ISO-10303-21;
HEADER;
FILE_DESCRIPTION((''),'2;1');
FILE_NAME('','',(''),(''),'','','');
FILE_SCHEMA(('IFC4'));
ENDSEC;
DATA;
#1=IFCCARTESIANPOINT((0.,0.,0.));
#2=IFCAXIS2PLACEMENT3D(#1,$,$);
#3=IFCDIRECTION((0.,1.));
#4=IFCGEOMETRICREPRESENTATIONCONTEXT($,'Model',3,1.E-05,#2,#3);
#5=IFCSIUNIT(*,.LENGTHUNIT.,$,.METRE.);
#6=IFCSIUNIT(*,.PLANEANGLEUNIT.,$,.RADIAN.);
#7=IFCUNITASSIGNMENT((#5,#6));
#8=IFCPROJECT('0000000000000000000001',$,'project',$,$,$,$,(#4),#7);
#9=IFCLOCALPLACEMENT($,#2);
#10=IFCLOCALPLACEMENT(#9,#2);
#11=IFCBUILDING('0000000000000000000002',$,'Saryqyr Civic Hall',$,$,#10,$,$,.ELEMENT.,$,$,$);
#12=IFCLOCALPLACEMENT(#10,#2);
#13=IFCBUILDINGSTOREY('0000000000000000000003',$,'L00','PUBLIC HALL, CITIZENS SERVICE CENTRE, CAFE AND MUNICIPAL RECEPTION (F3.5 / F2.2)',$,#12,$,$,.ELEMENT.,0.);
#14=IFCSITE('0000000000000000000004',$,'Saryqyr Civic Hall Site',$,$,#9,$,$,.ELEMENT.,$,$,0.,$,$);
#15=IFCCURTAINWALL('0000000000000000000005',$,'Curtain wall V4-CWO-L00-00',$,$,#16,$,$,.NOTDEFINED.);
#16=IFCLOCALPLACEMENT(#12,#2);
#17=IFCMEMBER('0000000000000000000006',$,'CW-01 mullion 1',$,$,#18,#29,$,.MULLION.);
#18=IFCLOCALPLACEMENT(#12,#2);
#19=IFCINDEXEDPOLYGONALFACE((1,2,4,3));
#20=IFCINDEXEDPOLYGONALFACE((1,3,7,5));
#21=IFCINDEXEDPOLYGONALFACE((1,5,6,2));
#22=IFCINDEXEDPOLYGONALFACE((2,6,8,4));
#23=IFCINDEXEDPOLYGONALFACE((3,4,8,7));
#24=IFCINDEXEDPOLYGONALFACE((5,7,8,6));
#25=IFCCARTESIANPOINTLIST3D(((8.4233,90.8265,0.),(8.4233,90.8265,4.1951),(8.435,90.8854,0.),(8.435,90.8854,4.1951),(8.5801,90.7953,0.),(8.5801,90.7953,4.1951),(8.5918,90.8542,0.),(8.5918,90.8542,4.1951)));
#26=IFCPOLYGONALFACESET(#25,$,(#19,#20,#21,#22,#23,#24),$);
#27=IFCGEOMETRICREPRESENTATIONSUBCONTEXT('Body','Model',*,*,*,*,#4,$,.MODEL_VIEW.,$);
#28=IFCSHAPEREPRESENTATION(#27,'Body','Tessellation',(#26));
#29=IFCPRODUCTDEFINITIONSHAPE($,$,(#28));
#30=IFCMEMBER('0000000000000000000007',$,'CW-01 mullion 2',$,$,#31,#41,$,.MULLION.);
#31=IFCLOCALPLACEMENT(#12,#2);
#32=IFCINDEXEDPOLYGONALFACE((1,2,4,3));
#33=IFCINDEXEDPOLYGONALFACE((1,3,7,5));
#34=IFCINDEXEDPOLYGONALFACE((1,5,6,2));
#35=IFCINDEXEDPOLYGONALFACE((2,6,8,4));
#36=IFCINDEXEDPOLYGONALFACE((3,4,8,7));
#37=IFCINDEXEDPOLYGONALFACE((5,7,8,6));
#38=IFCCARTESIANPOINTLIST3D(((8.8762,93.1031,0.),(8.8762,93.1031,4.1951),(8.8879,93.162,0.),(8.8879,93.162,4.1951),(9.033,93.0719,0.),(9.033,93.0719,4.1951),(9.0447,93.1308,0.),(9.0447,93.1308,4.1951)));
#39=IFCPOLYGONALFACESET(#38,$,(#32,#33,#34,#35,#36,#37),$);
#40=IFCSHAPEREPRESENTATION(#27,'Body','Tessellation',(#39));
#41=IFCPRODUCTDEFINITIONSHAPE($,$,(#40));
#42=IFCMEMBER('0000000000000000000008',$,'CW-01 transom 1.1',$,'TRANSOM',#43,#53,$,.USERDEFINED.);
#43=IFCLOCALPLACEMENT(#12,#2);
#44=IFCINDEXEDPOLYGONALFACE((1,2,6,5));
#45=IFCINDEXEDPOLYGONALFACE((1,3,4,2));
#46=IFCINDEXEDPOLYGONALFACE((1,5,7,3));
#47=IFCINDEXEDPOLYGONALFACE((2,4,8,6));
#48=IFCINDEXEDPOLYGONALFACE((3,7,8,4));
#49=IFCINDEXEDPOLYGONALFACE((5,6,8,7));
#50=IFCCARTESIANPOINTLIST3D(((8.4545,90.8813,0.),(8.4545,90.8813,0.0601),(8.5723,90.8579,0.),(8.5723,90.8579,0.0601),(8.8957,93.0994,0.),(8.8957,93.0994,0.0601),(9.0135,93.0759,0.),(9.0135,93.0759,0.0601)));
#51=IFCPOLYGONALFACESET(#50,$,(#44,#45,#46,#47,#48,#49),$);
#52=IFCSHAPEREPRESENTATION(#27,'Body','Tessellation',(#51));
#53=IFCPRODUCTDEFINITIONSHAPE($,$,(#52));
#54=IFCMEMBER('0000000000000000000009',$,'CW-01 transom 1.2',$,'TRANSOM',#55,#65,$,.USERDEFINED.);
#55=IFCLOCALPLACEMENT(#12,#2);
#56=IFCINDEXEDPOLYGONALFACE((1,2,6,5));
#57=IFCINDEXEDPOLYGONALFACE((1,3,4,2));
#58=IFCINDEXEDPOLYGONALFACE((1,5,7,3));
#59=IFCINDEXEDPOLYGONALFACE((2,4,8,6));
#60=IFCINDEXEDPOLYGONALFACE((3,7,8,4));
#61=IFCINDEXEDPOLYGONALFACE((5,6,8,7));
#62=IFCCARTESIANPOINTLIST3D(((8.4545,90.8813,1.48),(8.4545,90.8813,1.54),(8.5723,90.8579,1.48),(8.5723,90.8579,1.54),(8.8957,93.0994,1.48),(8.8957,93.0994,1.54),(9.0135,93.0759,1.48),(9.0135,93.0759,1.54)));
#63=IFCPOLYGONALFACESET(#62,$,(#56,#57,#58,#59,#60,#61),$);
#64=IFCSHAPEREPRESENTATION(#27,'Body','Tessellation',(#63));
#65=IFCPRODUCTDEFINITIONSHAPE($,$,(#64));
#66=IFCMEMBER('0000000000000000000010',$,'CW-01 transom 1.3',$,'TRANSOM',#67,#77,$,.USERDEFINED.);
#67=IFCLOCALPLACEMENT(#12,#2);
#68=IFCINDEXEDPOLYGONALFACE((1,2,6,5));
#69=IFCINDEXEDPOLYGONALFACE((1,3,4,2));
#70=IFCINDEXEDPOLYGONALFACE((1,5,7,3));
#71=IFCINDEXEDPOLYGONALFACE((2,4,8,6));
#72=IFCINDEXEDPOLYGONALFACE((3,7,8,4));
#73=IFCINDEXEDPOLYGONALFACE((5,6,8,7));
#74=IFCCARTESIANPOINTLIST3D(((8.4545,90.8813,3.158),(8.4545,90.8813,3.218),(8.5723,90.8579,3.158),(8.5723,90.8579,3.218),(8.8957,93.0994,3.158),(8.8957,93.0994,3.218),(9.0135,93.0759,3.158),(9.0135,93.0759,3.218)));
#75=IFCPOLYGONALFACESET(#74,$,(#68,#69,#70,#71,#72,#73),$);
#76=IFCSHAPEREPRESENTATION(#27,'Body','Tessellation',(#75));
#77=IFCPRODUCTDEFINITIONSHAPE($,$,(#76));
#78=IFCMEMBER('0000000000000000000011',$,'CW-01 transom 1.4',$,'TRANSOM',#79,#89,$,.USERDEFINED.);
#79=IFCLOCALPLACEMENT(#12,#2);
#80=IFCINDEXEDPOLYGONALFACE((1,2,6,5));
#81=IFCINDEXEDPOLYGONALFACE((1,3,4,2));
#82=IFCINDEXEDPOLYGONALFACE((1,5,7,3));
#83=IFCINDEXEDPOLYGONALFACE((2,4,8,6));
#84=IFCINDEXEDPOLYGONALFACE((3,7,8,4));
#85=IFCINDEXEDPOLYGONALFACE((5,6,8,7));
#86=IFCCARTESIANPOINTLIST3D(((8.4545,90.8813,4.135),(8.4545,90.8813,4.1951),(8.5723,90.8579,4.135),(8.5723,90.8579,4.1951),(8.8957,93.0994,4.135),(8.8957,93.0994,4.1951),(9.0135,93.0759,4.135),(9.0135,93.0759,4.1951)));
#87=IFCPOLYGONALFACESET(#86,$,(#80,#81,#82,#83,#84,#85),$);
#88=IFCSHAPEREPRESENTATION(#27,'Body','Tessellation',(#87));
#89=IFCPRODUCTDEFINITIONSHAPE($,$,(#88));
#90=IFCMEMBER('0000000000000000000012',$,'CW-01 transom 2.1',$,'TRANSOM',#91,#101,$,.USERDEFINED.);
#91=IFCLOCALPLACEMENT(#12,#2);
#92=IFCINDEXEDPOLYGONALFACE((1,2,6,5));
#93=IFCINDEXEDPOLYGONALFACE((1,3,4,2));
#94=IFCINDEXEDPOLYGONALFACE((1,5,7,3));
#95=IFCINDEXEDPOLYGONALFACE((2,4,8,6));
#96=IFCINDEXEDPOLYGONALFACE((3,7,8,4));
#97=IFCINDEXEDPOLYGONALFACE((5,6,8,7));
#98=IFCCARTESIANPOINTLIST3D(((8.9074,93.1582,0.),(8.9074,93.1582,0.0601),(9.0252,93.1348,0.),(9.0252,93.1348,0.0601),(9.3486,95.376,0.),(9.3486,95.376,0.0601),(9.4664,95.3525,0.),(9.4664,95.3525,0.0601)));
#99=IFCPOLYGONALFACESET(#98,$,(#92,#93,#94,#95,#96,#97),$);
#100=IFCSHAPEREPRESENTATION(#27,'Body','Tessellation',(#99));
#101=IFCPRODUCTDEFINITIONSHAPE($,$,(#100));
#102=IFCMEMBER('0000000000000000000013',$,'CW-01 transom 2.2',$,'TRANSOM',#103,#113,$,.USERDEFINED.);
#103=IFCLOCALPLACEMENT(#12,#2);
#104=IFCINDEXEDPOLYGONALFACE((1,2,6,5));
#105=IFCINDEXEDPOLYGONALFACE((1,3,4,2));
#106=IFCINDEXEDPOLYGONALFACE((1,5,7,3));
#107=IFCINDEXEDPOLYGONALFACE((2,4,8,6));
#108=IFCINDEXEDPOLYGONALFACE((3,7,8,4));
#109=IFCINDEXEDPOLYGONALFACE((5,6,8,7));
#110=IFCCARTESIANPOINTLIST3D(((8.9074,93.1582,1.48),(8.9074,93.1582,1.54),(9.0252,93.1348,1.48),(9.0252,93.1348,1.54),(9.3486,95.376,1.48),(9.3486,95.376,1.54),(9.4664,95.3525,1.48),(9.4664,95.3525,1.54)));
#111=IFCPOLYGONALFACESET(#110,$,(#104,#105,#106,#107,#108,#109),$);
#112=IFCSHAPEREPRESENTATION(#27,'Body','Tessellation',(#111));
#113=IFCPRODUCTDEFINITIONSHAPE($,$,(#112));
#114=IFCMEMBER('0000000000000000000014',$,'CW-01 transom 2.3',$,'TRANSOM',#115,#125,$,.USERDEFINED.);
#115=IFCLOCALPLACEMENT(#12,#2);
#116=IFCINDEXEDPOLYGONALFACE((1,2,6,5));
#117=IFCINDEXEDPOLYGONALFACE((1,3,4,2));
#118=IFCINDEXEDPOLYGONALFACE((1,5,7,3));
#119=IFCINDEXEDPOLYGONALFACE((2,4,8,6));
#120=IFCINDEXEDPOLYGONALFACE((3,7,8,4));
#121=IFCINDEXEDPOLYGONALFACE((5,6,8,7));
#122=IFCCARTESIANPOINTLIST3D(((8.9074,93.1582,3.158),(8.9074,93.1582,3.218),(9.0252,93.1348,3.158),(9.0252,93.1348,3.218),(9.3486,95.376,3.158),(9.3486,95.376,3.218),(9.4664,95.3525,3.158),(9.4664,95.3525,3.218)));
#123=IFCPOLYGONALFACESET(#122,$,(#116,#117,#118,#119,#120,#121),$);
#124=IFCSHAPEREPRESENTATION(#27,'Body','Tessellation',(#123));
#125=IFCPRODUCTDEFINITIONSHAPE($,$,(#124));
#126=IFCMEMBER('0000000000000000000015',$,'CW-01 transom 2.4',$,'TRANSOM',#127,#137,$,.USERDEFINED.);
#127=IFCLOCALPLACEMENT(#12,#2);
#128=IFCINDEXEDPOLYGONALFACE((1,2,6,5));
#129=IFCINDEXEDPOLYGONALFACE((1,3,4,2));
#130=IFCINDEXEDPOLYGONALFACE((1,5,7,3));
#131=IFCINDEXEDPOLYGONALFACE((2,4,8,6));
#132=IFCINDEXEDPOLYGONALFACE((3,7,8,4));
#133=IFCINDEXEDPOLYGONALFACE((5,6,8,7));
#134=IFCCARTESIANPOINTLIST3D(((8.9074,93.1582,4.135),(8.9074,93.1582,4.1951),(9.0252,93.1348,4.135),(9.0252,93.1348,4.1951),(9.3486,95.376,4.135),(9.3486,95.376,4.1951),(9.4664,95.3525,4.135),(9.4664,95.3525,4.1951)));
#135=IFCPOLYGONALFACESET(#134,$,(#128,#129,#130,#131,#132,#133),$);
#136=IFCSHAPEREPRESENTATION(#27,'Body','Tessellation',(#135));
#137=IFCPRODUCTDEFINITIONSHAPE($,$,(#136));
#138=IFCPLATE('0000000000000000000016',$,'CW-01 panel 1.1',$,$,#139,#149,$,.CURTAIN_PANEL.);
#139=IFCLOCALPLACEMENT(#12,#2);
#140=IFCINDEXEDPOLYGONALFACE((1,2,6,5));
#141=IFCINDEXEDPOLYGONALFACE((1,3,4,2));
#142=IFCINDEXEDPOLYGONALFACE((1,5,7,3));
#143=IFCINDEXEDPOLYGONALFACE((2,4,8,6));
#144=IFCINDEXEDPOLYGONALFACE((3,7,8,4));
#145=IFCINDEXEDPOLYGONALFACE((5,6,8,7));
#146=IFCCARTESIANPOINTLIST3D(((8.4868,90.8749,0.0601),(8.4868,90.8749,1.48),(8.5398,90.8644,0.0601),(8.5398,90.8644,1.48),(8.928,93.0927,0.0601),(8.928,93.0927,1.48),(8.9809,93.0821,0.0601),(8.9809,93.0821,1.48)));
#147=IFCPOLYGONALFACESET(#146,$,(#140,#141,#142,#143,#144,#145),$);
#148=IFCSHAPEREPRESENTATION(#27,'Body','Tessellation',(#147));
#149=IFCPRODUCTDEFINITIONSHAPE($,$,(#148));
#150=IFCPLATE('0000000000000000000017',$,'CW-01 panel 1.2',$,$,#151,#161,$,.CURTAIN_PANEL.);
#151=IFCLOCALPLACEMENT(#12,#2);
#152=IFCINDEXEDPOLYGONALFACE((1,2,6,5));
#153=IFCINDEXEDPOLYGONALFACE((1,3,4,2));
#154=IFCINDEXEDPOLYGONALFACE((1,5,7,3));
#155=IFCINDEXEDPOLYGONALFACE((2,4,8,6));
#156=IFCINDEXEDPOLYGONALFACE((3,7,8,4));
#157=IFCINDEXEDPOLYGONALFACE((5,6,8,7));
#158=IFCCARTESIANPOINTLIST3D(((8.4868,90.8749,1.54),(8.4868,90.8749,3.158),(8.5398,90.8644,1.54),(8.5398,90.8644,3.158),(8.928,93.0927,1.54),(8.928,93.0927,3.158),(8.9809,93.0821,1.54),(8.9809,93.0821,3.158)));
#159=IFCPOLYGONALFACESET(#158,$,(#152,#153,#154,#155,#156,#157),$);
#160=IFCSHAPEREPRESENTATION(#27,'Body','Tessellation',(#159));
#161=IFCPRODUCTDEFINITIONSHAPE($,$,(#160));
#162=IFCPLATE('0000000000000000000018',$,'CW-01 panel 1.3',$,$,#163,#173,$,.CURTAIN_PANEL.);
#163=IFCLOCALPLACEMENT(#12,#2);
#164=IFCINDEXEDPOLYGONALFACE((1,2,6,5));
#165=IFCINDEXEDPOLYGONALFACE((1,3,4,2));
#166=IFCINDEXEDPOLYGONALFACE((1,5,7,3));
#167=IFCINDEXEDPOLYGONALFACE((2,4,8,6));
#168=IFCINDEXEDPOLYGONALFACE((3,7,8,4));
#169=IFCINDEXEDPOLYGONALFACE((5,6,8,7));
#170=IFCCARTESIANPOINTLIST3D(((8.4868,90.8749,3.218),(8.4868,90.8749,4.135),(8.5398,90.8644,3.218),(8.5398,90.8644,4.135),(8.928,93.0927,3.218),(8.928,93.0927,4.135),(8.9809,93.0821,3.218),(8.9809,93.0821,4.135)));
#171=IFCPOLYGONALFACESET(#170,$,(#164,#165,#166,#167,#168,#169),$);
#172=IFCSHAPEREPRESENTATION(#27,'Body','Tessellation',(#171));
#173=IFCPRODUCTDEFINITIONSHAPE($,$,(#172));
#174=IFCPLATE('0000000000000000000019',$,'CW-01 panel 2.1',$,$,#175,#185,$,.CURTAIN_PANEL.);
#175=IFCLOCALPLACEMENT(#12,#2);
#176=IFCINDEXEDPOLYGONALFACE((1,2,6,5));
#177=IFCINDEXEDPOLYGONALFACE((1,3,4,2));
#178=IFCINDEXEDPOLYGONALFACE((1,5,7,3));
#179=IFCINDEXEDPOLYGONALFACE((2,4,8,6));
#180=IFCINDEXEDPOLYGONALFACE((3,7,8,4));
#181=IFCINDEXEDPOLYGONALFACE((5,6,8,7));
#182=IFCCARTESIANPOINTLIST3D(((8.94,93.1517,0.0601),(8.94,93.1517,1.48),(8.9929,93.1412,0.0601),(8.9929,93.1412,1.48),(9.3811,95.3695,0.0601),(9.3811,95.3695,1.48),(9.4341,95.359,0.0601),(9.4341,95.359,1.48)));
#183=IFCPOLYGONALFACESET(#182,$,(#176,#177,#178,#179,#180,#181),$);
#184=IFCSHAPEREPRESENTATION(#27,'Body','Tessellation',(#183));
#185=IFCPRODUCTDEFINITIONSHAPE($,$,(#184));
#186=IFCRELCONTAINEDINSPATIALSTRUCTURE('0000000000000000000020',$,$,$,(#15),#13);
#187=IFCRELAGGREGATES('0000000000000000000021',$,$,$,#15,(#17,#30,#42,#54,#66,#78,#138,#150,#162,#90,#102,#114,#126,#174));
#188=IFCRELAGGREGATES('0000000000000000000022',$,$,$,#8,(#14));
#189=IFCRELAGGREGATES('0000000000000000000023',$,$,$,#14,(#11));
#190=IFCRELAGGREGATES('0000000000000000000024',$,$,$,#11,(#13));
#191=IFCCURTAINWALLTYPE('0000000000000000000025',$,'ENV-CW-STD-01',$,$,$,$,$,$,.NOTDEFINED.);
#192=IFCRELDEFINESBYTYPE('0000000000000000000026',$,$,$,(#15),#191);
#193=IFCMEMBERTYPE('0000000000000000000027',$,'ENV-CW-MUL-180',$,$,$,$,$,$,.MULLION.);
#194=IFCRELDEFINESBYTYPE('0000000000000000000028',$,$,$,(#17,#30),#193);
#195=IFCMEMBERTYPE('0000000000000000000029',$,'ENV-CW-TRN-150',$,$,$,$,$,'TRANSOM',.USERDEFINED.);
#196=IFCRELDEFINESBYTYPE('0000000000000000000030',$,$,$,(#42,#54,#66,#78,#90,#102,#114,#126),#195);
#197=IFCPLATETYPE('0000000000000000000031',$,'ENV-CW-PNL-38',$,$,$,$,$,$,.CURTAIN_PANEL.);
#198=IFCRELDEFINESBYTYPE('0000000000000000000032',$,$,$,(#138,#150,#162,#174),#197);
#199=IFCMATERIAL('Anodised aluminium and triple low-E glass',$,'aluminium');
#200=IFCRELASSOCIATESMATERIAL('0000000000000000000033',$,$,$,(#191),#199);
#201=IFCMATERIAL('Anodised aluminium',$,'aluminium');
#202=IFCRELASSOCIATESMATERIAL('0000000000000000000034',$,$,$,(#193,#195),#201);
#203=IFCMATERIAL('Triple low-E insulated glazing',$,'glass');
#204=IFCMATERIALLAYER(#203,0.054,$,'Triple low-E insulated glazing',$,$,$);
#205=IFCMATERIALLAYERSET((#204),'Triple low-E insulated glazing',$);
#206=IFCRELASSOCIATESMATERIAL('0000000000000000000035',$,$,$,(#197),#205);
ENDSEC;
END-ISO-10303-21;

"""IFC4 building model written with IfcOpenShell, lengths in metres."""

from ifc_helpers import new_model, si_unit, direction, frame, origin, origin_2d, place, context, subcontext, project, spatial, rectangle, extrude, material, layer, layer_set, material_profile, profile_set, type_object, element, aggregate, save


model = new_model("IFC4")

# Units and contexts
model_context = context("Model", 3, precision=1e-05, world=origin(), true_north=direction((0.0, 1.0)))
body_context = subcontext(model_context, "Body", "Model", "MODEL_VIEW")
ifc_project = project(units=[si_unit("LENGTHUNIT", "METRE"), si_unit("PLANEANGLEUNIT", "RADIAN")], contexts=[model_context])

# Site, building, storey
site_placement = place(None, origin())
site = spatial("IfcSite", under=ifc_project, at=site_placement, Name="Saryqyr Civic Hall Site", CompositionType="ELEMENT", RefElevation=0.0)
building_placement = place(site_placement, origin())
building = spatial("IfcBuilding", under=site, at=building_placement, Name="Saryqyr Civic Hall", CompositionType="ELEMENT")
storey_placement = place(building_placement, origin())
storey = spatial("IfcBuildingStorey", under=building, at=storey_placement, Name="L00", Description="PUBLIC HALL, CITIZENS SERVICE CENTRE, CAFE AND MUNICIPAL RECEPTION (F3.5 / F2.2)", CompositionType="ELEMENT", Elevation=0.0)

# Curtain wall, members, plates
ifc_material_1 = material(Name="Anodised aluminium and triple low-E glass", Category="aluminium")
curtain_wall_type = type_object("IfcCurtainWallType", Name="ENV-CW-STD-01", PredefinedType="NOTDEFINED", material=ifc_material_1)
curtain_wall_placement = place(storey_placement, origin())
curtain_wall = element("IfcCurtainWall", 1, at=curtain_wall_placement, inside=storey, type_object=curtain_wall_type, Name="Curtain wall V4-CWO-L00-00", PredefinedType="NOTDEFINED")
ifc_material_2 = material(Name="Anodised aluminium", Category="aluminium")
ifc_material_profile_1 = material_profile(ifc_material_2, rectangle(XDim=0.0601, YDim=0.1599, at=origin_2d()), Name="ALU MULLION 60x160")
ifc_profile_set_1 = profile_set([ifc_material_profile_1], Name="Anodised aluminium")
member_type_1 = type_object("IfcMemberType", Name="ENV-CW-MUL-180", PredefinedType="MULLION", material=ifc_profile_set_1)
member_1_placement = place(storey_placement, frame((8.5076, 90.8403, 0.0), z_axis=(0.0, 0.0, 1.0), x_axis=(0.195102, 0.980783, 0.0)))
member_1 = element("IfcMember", 2, at=member_1_placement, type_object=member_type_1, Name="CW-01 mullion 1", PredefinedType="MULLION", context=body_context, shape_type="SweptSolid", body=[
    extrude(rectangle(XDim=0.0601, YDim=0.1599, at=origin_2d()), origin(), (0.0, 0.0, 1.0), 4.1951),
])
member_2_placement = place(storey_placement, frame((8.9604, 93.1169, 0.0), z_axis=(0.0, 0.0, 1.0), x_axis=(0.195102, 0.980783, 0.0)))
member_2 = element("IfcMember", 3, at=member_2_placement, type_object=member_type_1, Name="CW-01 mullion 2", PredefinedType="MULLION", context=body_context, shape_type="SweptSolid", body=[
    extrude(rectangle(XDim=0.0601, YDim=0.1599, at=origin_2d()), origin(), (0.0, 0.0, 1.0), 4.1951),
])
ifc_material_profile_2 = material_profile(ifc_material_2, rectangle(XDim=0.1201, YDim=0.0601, at=origin_2d()), Name="ALU TRANSOM 120x60")
ifc_profile_set_2 = profile_set([ifc_material_profile_2], Name="Anodised aluminium")
member_type_2 = type_object("IfcMemberType", Name="ENV-CW-TRN-150", ElementType="TRANSOM", PredefinedType="USERDEFINED", material=ifc_profile_set_2)
member_3_placement = place(storey_placement, frame((8.5134, 90.8696, 0.03), z_axis=(0.195078, 0.980788, 0.0), x_axis=(-0.980788, 0.195078, 0.0)))
member_3 = element("IfcMember", 4, at=member_3_placement, type_object=member_type_2, Name="CW-01 transom 1.1", ObjectType="TRANSOM", PredefinedType="USERDEFINED", context=body_context, shape_type="SweptSolid", body=[
    extrude(rectangle(XDim=0.1201, YDim=0.0601, at=origin_2d()), origin(), (0.0, 0.0, 1.0), 2.2615),
])
member_4_placement = place(storey_placement, frame((8.5134, 90.8696, 1.51), z_axis=(0.195078, 0.980788, 0.0), x_axis=(-0.980788, 0.195078, 0.0)))
member_4 = element("IfcMember", 5, at=member_4_placement, type_object=member_type_2, Name="CW-01 transom 1.2", ObjectType="TRANSOM", PredefinedType="USERDEFINED", context=body_context, shape_type="SweptSolid", body=[
    extrude(rectangle(XDim=0.1201, YDim=0.0601, at=origin_2d()), origin(), (0.0, 0.0, 1.0), 2.2615),
])
member_5_placement = place(storey_placement, frame((8.5134, 90.8696, 3.188), z_axis=(0.195078, 0.980788, 0.0), x_axis=(-0.980788, 0.195078, 0.0)))
member_5 = element("IfcMember", 6, at=member_5_placement, type_object=member_type_2, Name="CW-01 transom 1.3", ObjectType="TRANSOM", PredefinedType="USERDEFINED", context=body_context, shape_type="SweptSolid", body=[
    extrude(rectangle(XDim=0.1201, YDim=0.0601, at=origin_2d()), origin(), (0.0, 0.0, 1.0), 2.2615),
])
member_6_placement = place(storey_placement, frame((8.5134, 90.8696, 4.165), z_axis=(0.195078, 0.980788, 0.0), x_axis=(-0.980788, 0.195078, 0.0)))
member_6 = element("IfcMember", 7, at=member_6_placement, type_object=member_type_2, Name="CW-01 transom 1.4", ObjectType="TRANSOM", PredefinedType="USERDEFINED", context=body_context, shape_type="SweptSolid", body=[
    extrude(rectangle(XDim=0.1201, YDim=0.0601, at=origin_2d()), origin(), (0.0, 0.0, 1.0), 2.2615),
])
member_7_placement = place(storey_placement, frame((8.9663, 93.1465, 0.03), z_axis=(0.195099, 0.980784, 0.0), x_axis=(-0.980784, 0.195099, 0.0)))
member_7 = element("IfcMember", 8, at=member_7_placement, type_object=member_type_2, Name="CW-01 transom 2.1", ObjectType="TRANSOM", PredefinedType="USERDEFINED", context=body_context, shape_type="SweptSolid", body=[
    extrude(rectangle(XDim=0.1201, YDim=0.0601, at=origin_2d()), origin(), (0.0, 0.0, 1.0), 2.2612),
])
member_8_placement = place(storey_placement, frame((8.9663, 93.1465, 1.51), z_axis=(0.195099, 0.980784, 0.0), x_axis=(-0.980784, 0.195099, 0.0)))
member_8 = element("IfcMember", 9, at=member_8_placement, type_object=member_type_2, Name="CW-01 transom 2.2", ObjectType="TRANSOM", PredefinedType="USERDEFINED", context=body_context, shape_type="SweptSolid", body=[
    extrude(rectangle(XDim=0.1201, YDim=0.0601, at=origin_2d()), origin(), (0.0, 0.0, 1.0), 2.2612),
])
member_9_placement = place(storey_placement, frame((8.9663, 93.1465, 3.188), z_axis=(0.195099, 0.980784, 0.0), x_axis=(-0.980784, 0.195099, 0.0)))
member_9 = element("IfcMember", 10, at=member_9_placement, type_object=member_type_2, Name="CW-01 transom 2.3", ObjectType="TRANSOM", PredefinedType="USERDEFINED", context=body_context, shape_type="SweptSolid", body=[
    extrude(rectangle(XDim=0.1201, YDim=0.0601, at=origin_2d()), origin(), (0.0, 0.0, 1.0), 2.2612),
])
member_10_placement = place(storey_placement, frame((8.9663, 93.1465, 4.165), z_axis=(0.195099, 0.980784, 0.0), x_axis=(-0.980784, 0.195099, 0.0)))
member_10 = element("IfcMember", 11, at=member_10_placement, type_object=member_type_2, Name="CW-01 transom 2.4", ObjectType="TRANSOM", PredefinedType="USERDEFINED", context=body_context, shape_type="SweptSolid", body=[
    extrude(rectangle(XDim=0.1201, YDim=0.0601, at=origin_2d()), origin(), (0.0, 0.0, 1.0), 2.2612),
])
ifc_material_3 = material(Name="Triple low-E insulated glazing", Category="glass")
ifc_layer_1 = layer(ifc_material_3, 0.054, Name="Triple low-E insulated glazing")
ifc_layer_set_1 = layer_set([ifc_layer_1], Name="Triple low-E insulated glazing")
plate_type = type_object("IfcPlateType", Name="ENV-CW-PNL-38", PredefinedType="CURTAIN_PANEL", material=ifc_layer_set_1)
plate_1_placement = place(storey_placement, frame((8.7339, 91.9785, 0.0601), z_axis=(0.0, 0.0, 1.0), x_axis=(0.195102, 0.980783, 0.0)))
plate_1 = element("IfcPlate", 12, at=plate_1_placement, type_object=plate_type, Name="CW-01 panel 1.1", PredefinedType="CURTAIN_PANEL", context=body_context, shape_type="SweptSolid", body=[
    extrude(rectangle(XDim=2.2612, YDim=0.054, at=origin_2d()), origin(), (0.0, 0.0, 1.0), 1.4199),
])
plate_2_placement = place(storey_placement, frame((8.7339, 91.9785, 1.54), z_axis=(0.0, 0.0, 1.0), x_axis=(0.195102, 0.980783, 0.0)))
plate_2 = element("IfcPlate", 13, at=plate_2_placement, type_object=plate_type, Name="CW-01 panel 1.2", PredefinedType="CURTAIN_PANEL", context=body_context, shape_type="SweptSolid", body=[
    extrude(rectangle(XDim=2.2612, YDim=0.054, at=origin_2d()), origin(), (0.0, 0.0, 1.0), 1.6179),
])
plate_3_placement = place(storey_placement, frame((8.7339, 91.9785, 3.218), z_axis=(0.0, 0.0, 1.0), x_axis=(0.195102, 0.980783, 0.0)))
plate_3 = element("IfcPlate", 14, at=plate_3_placement, type_object=plate_type, Name="CW-01 panel 1.3", PredefinedType="CURTAIN_PANEL", context=body_context, shape_type="SweptSolid", body=[
    extrude(rectangle(XDim=2.2612, YDim=0.054, at=origin_2d()), origin(), (0.0, 0.0, 1.0), 0.917),
])
plate_4_placement = place(storey_placement, frame((9.187, 94.2554, 0.0601), z_axis=(0.0, 0.0, 1.0), x_axis=(0.195102, 0.980783, 0.0)))
plate_4 = element("IfcPlate", 15, at=plate_4_placement, type_object=plate_type, Name="CW-01 panel 2.1", PredefinedType="CURTAIN_PANEL", context=body_context, shape_type="SweptSolid", body=[
    extrude(rectangle(XDim=2.2612, YDim=0.054, at=origin_2d()), origin(), (0.0, 0.0, 1.0), 1.4199),
])
aggregate(curtain_wall, [member_1, member_2, member_3, member_4, member_5, member_6, plate_1, plate_2, plate_3, member_7, member_8, member_9, member_10, plate_4])

save(model, "model.ifc")
